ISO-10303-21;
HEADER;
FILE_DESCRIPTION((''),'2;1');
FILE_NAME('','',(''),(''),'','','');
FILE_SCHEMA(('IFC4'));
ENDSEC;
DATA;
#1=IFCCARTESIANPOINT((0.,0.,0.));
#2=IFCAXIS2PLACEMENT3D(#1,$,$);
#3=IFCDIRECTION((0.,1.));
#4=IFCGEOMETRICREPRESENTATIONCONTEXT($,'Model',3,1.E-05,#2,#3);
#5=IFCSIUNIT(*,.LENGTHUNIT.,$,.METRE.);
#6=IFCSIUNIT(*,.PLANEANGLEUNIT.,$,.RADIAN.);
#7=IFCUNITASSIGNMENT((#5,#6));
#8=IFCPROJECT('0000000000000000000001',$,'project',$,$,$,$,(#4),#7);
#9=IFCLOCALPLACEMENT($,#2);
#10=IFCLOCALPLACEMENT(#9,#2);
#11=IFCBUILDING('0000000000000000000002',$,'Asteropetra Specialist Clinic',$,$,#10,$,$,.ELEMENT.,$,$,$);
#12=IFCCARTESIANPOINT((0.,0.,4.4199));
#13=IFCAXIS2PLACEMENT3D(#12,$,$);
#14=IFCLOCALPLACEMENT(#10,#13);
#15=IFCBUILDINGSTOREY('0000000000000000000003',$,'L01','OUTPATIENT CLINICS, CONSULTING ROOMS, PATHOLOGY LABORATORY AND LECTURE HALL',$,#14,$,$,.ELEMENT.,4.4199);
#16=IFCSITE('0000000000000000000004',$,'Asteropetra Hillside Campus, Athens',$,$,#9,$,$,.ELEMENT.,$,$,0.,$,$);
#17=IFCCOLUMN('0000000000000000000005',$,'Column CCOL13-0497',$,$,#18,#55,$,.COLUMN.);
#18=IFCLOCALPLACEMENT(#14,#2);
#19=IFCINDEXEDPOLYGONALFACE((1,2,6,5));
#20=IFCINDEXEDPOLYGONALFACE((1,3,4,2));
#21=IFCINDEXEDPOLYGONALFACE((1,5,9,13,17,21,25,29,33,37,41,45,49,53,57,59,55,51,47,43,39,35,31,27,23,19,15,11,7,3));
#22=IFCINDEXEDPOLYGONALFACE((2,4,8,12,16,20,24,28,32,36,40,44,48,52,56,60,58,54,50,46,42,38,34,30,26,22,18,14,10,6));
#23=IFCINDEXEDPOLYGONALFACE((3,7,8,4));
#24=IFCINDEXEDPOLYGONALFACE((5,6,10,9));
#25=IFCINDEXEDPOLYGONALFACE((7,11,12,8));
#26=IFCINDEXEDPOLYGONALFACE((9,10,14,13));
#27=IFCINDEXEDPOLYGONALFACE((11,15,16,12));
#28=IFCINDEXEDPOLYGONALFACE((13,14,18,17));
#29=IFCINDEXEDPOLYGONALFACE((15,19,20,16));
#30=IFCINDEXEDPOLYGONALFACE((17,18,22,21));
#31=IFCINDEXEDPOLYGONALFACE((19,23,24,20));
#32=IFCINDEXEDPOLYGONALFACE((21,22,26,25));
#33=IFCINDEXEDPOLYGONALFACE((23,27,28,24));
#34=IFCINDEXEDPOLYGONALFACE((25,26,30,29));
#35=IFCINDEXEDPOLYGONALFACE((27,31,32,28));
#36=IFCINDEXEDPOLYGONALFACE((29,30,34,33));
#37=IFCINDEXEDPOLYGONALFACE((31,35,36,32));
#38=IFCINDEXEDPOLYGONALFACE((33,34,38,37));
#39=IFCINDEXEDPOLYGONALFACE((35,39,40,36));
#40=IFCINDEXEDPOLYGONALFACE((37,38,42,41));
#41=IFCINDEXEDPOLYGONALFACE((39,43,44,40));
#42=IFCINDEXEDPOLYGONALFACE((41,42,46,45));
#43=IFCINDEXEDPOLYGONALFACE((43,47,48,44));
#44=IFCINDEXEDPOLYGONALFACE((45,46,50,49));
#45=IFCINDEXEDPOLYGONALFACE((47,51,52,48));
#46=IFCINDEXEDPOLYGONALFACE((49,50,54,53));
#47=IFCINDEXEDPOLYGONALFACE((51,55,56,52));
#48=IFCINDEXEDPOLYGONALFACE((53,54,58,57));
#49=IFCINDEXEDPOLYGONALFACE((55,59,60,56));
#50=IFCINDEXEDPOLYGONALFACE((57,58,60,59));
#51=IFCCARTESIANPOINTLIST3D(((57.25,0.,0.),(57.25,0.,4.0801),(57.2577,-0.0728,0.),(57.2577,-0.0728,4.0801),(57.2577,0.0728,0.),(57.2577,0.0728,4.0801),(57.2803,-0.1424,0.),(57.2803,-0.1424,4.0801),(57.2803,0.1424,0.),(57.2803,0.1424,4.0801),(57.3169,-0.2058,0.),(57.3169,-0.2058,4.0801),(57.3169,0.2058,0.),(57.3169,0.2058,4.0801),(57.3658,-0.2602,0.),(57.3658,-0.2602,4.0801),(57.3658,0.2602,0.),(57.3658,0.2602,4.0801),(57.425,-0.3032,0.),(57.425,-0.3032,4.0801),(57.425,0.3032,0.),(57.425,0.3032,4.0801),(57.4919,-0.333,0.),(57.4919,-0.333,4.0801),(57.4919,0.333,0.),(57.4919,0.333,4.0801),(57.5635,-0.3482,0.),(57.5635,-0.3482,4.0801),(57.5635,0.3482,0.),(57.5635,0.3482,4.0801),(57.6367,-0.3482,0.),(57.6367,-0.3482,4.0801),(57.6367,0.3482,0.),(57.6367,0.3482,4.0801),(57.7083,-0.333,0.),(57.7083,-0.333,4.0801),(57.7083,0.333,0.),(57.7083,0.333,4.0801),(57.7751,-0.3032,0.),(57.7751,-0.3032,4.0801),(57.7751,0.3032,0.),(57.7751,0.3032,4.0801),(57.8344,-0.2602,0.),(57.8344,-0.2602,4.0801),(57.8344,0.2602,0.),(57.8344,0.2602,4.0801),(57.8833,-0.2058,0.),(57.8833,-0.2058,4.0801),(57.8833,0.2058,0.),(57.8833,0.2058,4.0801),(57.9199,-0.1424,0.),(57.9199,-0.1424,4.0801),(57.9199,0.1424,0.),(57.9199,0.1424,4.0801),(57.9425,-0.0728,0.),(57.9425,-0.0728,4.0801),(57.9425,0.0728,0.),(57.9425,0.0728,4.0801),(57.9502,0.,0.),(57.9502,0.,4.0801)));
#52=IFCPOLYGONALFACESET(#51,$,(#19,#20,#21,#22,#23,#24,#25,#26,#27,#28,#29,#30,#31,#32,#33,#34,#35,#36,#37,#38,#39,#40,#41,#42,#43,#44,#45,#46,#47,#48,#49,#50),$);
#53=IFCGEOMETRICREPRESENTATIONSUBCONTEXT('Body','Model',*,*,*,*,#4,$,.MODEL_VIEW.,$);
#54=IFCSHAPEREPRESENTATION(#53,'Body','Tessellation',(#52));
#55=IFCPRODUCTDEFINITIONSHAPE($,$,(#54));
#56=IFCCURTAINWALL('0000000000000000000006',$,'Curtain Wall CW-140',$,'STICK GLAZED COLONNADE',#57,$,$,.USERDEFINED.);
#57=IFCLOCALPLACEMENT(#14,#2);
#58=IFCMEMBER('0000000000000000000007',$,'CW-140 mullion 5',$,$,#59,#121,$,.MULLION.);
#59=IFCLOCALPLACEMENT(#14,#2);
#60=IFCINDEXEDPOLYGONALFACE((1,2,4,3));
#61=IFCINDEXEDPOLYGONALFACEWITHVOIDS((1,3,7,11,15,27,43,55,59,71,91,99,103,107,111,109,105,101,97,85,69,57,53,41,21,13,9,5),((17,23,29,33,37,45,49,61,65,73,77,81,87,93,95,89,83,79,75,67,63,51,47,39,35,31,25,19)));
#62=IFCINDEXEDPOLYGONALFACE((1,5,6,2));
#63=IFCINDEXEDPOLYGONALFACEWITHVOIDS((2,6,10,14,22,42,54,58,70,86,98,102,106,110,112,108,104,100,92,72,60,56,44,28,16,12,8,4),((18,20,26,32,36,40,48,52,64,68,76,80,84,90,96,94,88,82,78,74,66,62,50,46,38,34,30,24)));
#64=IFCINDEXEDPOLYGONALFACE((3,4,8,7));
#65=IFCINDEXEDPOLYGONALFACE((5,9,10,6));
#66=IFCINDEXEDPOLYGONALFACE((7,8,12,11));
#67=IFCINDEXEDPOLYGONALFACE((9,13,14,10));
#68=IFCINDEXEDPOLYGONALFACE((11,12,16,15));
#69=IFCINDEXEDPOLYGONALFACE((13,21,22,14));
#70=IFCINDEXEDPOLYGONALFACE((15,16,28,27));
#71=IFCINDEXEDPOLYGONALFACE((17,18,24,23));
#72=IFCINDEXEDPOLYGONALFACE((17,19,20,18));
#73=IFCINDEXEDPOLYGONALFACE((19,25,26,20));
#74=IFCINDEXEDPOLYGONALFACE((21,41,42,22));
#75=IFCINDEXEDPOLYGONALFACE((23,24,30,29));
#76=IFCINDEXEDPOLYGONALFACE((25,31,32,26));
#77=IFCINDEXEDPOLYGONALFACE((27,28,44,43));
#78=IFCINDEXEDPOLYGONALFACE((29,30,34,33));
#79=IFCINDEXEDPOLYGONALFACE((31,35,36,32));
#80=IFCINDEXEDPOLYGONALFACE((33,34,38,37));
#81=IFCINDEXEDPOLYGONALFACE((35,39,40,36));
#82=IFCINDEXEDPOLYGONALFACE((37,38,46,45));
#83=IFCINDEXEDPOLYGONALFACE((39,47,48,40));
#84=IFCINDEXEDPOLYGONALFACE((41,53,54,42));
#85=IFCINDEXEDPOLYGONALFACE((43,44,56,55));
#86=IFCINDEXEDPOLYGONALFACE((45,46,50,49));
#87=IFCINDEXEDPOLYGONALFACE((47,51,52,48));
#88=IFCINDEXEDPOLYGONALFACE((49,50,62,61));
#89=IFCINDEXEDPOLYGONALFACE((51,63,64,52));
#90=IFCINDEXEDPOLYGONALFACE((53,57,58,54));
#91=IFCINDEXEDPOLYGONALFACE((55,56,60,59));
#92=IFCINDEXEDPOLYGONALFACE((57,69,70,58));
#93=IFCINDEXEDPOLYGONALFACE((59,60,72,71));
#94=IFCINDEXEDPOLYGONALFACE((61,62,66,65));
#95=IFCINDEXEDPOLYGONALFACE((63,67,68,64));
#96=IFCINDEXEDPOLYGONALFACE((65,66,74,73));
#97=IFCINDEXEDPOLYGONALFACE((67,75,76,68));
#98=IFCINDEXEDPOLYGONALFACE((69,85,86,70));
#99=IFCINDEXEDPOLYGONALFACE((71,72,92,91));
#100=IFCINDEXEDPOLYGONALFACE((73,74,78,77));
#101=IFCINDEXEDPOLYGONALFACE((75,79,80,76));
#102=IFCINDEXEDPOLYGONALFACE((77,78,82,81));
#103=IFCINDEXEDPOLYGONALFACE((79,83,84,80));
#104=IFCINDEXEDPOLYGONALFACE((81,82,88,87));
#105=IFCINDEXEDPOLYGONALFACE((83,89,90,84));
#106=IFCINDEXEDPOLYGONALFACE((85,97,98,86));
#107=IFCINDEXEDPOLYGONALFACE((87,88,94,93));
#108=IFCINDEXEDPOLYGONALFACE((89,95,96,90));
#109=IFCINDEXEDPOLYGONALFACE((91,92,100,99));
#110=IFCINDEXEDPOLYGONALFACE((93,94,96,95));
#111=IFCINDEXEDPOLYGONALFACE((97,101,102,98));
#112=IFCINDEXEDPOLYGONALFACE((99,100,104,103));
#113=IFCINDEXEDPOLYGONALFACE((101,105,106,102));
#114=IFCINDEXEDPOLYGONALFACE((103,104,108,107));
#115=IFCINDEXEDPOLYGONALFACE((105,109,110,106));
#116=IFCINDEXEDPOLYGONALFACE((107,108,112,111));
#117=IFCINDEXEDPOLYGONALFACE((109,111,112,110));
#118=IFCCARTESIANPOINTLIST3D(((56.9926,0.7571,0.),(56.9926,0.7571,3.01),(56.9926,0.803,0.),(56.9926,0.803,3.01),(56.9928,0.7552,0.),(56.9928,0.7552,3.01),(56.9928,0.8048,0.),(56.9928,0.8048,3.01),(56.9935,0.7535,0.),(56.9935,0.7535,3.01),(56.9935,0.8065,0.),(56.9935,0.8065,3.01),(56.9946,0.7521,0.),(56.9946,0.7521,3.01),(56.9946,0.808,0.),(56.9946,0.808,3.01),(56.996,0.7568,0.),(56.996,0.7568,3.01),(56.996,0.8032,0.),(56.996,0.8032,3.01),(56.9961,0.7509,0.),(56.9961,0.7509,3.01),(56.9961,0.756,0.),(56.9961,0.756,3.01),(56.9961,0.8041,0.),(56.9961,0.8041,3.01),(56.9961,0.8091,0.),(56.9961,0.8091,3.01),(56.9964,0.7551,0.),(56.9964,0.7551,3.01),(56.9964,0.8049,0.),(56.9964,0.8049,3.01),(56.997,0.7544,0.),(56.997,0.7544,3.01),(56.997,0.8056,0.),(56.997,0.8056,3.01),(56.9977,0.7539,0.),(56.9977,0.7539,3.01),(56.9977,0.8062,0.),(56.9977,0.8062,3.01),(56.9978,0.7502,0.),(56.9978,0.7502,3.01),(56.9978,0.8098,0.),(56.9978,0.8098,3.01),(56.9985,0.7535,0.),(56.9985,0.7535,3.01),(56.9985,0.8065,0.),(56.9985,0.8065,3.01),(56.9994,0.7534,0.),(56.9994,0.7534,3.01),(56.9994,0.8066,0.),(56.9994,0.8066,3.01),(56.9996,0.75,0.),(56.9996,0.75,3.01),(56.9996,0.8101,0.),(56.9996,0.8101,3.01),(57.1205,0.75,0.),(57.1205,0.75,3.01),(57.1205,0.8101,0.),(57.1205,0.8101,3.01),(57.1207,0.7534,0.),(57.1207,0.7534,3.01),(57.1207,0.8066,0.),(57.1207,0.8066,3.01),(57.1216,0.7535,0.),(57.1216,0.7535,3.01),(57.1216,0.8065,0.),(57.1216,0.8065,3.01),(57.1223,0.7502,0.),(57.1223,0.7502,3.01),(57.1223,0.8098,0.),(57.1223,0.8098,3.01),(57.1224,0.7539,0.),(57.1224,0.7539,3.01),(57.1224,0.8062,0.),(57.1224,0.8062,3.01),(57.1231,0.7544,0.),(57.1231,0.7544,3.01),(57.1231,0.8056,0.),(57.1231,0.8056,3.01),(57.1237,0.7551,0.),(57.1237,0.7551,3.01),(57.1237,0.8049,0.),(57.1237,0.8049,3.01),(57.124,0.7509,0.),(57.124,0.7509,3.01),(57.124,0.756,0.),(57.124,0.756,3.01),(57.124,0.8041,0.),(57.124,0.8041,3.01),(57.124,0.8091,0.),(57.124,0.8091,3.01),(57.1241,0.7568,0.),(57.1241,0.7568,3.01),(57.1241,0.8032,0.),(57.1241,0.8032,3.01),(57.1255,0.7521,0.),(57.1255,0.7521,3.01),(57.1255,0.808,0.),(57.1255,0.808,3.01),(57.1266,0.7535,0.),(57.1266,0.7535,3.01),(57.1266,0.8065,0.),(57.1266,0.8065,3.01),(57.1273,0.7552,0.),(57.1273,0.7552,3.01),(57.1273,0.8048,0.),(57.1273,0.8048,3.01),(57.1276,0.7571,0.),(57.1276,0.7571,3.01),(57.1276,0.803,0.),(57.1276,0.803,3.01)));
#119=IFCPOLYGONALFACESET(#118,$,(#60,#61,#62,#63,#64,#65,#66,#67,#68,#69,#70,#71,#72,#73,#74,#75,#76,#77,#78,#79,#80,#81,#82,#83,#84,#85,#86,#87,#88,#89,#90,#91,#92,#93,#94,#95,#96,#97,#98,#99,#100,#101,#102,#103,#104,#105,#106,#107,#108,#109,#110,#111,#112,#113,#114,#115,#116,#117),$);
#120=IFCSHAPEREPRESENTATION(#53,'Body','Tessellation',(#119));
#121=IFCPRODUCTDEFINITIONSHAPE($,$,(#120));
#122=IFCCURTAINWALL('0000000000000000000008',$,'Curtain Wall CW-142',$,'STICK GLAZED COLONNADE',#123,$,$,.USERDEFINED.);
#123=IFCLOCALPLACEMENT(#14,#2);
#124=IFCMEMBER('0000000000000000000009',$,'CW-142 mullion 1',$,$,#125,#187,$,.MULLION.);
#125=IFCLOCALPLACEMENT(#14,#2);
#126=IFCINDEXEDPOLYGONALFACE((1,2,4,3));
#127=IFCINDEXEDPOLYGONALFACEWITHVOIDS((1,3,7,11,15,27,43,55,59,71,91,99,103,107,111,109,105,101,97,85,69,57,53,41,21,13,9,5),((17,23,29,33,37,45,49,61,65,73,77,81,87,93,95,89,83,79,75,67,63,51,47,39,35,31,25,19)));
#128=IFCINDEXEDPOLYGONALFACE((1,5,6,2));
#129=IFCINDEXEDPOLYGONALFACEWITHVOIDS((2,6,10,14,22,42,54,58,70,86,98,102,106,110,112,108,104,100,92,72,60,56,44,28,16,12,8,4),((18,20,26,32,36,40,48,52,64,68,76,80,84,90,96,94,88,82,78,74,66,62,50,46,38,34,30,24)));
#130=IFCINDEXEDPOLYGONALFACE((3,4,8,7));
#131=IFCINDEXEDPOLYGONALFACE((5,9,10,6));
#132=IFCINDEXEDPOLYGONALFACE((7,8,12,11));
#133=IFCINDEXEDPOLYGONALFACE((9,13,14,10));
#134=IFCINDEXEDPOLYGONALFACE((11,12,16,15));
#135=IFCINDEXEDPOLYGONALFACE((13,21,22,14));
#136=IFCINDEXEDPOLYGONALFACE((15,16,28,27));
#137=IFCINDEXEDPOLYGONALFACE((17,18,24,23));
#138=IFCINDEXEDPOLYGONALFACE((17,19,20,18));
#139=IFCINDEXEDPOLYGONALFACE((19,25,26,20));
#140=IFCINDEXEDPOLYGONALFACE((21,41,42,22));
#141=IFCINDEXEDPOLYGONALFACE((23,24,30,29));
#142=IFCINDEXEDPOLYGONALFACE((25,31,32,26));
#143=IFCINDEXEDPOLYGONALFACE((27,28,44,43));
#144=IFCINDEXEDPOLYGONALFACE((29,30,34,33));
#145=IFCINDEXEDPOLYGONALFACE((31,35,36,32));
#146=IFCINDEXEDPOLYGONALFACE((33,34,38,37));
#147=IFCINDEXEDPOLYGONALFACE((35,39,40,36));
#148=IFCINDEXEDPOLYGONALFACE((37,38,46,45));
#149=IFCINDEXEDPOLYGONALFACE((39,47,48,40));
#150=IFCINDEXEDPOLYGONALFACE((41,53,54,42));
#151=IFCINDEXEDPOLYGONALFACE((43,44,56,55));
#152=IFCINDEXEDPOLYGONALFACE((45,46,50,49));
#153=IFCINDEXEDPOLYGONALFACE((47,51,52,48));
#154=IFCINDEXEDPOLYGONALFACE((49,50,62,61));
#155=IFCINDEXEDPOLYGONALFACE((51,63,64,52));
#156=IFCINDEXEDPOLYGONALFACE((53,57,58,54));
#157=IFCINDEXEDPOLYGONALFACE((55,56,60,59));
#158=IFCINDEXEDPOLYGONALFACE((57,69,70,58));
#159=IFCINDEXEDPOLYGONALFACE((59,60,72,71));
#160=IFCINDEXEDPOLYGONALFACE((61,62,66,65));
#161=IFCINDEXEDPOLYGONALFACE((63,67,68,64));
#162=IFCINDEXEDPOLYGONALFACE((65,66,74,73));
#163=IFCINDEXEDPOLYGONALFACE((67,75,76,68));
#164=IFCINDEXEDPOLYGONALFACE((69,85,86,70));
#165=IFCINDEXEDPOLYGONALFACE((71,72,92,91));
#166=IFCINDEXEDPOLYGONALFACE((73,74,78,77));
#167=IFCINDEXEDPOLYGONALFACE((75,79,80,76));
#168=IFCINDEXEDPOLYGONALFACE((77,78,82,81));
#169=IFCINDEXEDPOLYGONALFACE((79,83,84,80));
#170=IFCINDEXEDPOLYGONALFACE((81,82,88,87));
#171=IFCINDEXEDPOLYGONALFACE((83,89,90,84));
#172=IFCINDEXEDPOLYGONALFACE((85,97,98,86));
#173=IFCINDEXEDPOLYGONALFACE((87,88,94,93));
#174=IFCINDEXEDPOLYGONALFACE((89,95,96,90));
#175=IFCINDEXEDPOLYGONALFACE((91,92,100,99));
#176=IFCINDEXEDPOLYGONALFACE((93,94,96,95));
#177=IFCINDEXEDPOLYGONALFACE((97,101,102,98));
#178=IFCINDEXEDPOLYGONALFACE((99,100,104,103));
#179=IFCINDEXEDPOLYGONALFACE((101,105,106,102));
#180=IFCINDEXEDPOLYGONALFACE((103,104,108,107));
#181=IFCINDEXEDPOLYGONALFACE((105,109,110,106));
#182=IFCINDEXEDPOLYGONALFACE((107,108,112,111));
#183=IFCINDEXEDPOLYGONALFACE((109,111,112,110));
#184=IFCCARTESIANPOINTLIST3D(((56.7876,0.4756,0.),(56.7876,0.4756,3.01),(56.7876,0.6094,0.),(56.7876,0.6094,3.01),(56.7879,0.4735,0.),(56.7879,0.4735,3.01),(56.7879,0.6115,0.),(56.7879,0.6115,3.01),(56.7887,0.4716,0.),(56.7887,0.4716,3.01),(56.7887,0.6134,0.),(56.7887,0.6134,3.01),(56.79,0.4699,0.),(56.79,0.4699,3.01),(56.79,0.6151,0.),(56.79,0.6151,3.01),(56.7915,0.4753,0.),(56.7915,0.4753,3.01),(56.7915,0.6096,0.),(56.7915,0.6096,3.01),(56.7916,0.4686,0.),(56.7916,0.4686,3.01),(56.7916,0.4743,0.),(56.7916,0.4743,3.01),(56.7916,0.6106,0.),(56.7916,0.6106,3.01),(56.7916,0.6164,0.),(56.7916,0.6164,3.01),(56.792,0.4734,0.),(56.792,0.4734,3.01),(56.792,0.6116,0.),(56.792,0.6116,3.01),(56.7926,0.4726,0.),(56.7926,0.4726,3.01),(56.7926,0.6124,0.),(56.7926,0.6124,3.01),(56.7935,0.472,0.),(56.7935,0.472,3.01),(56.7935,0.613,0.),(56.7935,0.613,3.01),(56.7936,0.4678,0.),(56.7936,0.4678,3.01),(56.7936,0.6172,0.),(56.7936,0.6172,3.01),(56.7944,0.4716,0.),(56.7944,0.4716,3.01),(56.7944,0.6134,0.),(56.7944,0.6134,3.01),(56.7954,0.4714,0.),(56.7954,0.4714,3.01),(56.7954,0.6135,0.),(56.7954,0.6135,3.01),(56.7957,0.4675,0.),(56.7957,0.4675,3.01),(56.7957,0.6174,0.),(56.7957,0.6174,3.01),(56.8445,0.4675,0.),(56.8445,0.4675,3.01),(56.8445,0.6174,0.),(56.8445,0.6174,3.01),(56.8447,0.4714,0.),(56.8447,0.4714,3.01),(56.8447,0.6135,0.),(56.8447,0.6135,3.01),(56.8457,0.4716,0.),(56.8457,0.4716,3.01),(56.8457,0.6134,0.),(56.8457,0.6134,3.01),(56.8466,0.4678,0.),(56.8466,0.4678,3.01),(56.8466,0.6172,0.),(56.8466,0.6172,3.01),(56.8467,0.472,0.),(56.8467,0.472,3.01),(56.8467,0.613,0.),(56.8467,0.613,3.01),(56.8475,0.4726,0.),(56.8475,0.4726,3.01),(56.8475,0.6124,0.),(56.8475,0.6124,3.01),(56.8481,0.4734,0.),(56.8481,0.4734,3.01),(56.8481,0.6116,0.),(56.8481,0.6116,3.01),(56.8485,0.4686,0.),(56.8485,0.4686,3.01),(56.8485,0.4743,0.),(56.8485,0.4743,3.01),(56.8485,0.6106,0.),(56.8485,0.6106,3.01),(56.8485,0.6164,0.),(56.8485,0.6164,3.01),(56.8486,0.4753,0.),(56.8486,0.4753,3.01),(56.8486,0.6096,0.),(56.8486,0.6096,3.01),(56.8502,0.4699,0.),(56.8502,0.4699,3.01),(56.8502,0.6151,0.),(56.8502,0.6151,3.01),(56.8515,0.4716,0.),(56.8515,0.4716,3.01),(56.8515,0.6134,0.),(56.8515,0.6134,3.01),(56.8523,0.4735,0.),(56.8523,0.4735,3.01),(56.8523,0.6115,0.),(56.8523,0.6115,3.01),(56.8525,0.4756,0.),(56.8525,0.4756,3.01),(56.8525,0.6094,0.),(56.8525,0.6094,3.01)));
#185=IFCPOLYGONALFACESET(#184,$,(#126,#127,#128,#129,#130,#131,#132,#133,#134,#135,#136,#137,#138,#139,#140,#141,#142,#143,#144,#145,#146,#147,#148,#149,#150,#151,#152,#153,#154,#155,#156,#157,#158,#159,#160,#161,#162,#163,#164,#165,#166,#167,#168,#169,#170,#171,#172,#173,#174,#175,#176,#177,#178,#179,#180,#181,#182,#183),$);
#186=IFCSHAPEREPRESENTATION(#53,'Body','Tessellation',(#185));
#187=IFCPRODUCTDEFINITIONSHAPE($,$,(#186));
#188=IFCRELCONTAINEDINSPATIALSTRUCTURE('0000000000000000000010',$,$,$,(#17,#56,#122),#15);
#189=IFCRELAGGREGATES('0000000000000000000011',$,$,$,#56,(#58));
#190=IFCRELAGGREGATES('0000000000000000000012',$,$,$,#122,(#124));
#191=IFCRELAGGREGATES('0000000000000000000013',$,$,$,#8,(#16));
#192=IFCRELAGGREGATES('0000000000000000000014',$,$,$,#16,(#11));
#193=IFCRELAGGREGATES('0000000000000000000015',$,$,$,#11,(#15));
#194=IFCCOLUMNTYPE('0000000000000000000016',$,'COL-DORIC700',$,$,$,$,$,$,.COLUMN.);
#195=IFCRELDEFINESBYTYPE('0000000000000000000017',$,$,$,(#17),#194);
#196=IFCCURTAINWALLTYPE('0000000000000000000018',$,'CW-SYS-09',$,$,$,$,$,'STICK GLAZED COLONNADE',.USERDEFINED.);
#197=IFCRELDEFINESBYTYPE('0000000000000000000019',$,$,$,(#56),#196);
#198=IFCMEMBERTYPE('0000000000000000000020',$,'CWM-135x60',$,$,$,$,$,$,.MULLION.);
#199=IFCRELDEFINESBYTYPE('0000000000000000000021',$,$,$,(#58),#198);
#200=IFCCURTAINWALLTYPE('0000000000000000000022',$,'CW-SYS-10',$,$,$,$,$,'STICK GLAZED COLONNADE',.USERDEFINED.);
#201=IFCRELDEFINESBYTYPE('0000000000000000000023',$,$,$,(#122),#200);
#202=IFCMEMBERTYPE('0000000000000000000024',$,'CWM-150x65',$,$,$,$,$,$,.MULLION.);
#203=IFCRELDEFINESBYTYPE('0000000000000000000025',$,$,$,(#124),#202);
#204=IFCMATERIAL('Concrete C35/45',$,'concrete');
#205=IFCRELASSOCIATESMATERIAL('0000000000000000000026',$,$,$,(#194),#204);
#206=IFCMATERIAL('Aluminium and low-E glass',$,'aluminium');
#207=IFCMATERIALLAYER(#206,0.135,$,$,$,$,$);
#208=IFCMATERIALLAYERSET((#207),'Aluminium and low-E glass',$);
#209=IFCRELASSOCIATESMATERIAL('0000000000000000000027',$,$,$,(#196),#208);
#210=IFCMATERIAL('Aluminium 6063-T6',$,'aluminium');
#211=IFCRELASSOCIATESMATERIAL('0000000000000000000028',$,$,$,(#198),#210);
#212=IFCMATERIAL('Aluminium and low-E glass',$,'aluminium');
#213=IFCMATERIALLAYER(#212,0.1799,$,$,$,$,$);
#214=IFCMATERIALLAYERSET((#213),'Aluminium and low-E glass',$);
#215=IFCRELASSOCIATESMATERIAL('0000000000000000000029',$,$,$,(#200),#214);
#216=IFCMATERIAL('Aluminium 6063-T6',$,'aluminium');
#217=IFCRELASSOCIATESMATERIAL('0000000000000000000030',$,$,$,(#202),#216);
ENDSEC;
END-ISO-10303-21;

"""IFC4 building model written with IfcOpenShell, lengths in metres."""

from ifc_helpers import new_model, si_unit, direction, frame, origin, origin_2d, place, context, subcontext, project, spatial, hollow_rectangle, circle, extrude, material, layer, layer_set, material_profile, profile_set, type_object, element, aggregate, save


model = new_model("IFC4")

# Units and contexts
model_context = context("Model", 3, precision=1e-05, world=origin(), true_north=direction((0.0, 1.0)))
body_context = subcontext(model_context, "Body", "Model", "MODEL_VIEW")
ifc_project = project(units=[si_unit("LENGTHUNIT", "METRE"), si_unit("PLANEANGLEUNIT", "RADIAN")], contexts=[model_context])

# Site, building, storey
site_placement = place(None, origin())
site = spatial("IfcSite", under=ifc_project, at=site_placement, Name="Asteropetra Hillside Campus, Athens", CompositionType="ELEMENT", RefElevation=0.0)
building_placement = place(site_placement, origin())
building = spatial("IfcBuilding", under=site, at=building_placement, Name="Asteropetra Specialist Clinic", CompositionType="ELEMENT")
storey_placement = place(building_placement, frame((0.0, 0.0, 4.4199)))
storey = spatial("IfcBuildingStorey", under=building, at=storey_placement, Name="L01", Description="OUTPATIENT CLINICS, CONSULTING ROOMS, PATHOLOGY LABORATORY AND LECTURE HALL", CompositionType="ELEMENT", Elevation=4.4199)

# Column
ifc_material_1 = material(Name="Concrete C35/45", Category="concrete")
ifc_material_profile_1 = material_profile(ifc_material_1, circle(Radius=0.3501, at=origin_2d()), Name="RCC D700")
ifc_profile_set_1 = profile_set([ifc_material_profile_1], Name="Concrete C35/45")
column_type = type_object("IfcColumnType", Name="COL-DORIC700", PredefinedType="COLUMN", material=ifc_profile_set_1)
column_placement = place(storey_placement, frame((57.6001, 0.0, 0.0), z_axis=(0.0, 0.0, 1.0), x_axis=(1.0, 0.0, 0.0)))
element("IfcColumn", 1, at=column_placement, inside=storey, type_object=column_type, Name="Column CCOL13-0497", PredefinedType="COLUMN", context=body_context, shape_type="SweptSolid", body=[
    extrude(circle(Radius=0.3501, at=origin_2d()), origin(), (0.0, 0.0, 1.0), 4.0801),
])

# Curtain wall, member
ifc_material_2 = material(Name="Aluminium and low-E glass", Category="aluminium")
ifc_layer_1 = layer(ifc_material_2, 0.135)
ifc_layer_set_1 = layer_set([ifc_layer_1], Name="Aluminium and low-E glass")
curtain_wall_type_1 = type_object("IfcCurtainWallType", Name="CW-SYS-09", ElementType="STICK GLAZED COLONNADE", PredefinedType="USERDEFINED", material=ifc_layer_set_1)
curtain_wall_1_placement = place(storey_placement, origin())
curtain_wall_1 = element("IfcCurtainWall", 2, at=curtain_wall_1_placement, inside=storey, type_object=curtain_wall_type_1, Name="Curtain Wall CW-140", ObjectType="STICK GLAZED COLONNADE", PredefinedType="USERDEFINED")
ifc_material_3 = material(Name="Aluminium 6063-T6", Category="aluminium")
ifc_material_profile_2 = material_profile(ifc_material_3, hollow_rectangle(XDim=0.0601, YDim=0.135, WallThickness=0.0034, InnerFilletRadius=0.0034, OuterFilletRadius=0.0071, at=origin_2d()), Name="MUL 135x60x3.5")
ifc_profile_set_2 = profile_set([ifc_material_profile_2], Name="Aluminium 6063-T6")
member_type_1 = type_object("IfcMemberType", Name="CWM-135x60", PredefinedType="MULLION", material=ifc_profile_set_2)
member_1_placement = place(storey_placement, frame((57.0601, 0.78, 0.0), z_axis=(0.0, 0.0, 1.0), x_axis=(0.0, 1.0, 0.0)))
member_1 = element("IfcMember", 3, at=member_1_placement, type_object=member_type_1, Name="CW-140 mullion 5", PredefinedType="MULLION", context=body_context, shape_type="SweptSolid", body=[
    extrude(hollow_rectangle(XDim=0.0601, YDim=0.135, WallThickness=0.0034, InnerFilletRadius=0.0034, OuterFilletRadius=0.0071, at=origin_2d()), origin(), (0.0, 0.0, 1.0), 3.01),
])

# Curtain wall, member
ifc_material_4 = material(Name="Aluminium and low-E glass", Category="aluminium")
ifc_layer_2 = layer(ifc_material_4, 0.1799)
ifc_layer_set_2 = layer_set([ifc_layer_2], Name="Aluminium and low-E glass")
curtain_wall_type_2 = type_object("IfcCurtainWallType", Name="CW-SYS-10", ElementType="STICK GLAZED COLONNADE", PredefinedType="USERDEFINED", material=ifc_layer_set_2)
curtain_wall_2_placement = place(storey_placement, origin())
curtain_wall_2 = element("IfcCurtainWall", 4, at=curtain_wall_2_placement, inside=storey, type_object=curtain_wall_type_2, Name="Curtain Wall CW-142", ObjectType="STICK GLAZED COLONNADE", PredefinedType="USERDEFINED")
ifc_material_5 = material(Name="Aluminium 6063-T6", Category="aluminium")
ifc_material_profile_3 = material_profile(ifc_material_5, hollow_rectangle(XDim=0.0649, YDim=0.1499, WallThickness=0.0039, InnerFilletRadius=0.0039, OuterFilletRadius=0.0081, at=origin_2d()), Name="MUL 150x65x4.0")
ifc_profile_set_3 = profile_set([ifc_material_profile_3], Name="Aluminium 6063-T6")
member_type_2 = type_object("IfcMemberType", Name="CWM-150x65", PredefinedType="MULLION", material=ifc_profile_set_3)
member_2_placement = place(storey_placement, frame((56.8201, 0.5425, 0.0), z_axis=(0.0, 0.0, 1.0), x_axis=(-1.0, 0.0, 0.0)))
member_2 = element("IfcMember", 5, at=member_2_placement, type_object=member_type_2, Name="CW-142 mullion 1", PredefinedType="MULLION", context=body_context, shape_type="SweptSolid", body=[
    extrude(hollow_rectangle(XDim=0.0649, YDim=0.1499, WallThickness=0.0039, InnerFilletRadius=0.0039, OuterFilletRadius=0.0081, at=origin_2d()), origin(), (0.0, 0.0, 1.0), 3.01),
])

aggregate(curtain_wall_1, [member_1])
aggregate(curtain_wall_2, [member_2])

save(model, "model.ifc")
